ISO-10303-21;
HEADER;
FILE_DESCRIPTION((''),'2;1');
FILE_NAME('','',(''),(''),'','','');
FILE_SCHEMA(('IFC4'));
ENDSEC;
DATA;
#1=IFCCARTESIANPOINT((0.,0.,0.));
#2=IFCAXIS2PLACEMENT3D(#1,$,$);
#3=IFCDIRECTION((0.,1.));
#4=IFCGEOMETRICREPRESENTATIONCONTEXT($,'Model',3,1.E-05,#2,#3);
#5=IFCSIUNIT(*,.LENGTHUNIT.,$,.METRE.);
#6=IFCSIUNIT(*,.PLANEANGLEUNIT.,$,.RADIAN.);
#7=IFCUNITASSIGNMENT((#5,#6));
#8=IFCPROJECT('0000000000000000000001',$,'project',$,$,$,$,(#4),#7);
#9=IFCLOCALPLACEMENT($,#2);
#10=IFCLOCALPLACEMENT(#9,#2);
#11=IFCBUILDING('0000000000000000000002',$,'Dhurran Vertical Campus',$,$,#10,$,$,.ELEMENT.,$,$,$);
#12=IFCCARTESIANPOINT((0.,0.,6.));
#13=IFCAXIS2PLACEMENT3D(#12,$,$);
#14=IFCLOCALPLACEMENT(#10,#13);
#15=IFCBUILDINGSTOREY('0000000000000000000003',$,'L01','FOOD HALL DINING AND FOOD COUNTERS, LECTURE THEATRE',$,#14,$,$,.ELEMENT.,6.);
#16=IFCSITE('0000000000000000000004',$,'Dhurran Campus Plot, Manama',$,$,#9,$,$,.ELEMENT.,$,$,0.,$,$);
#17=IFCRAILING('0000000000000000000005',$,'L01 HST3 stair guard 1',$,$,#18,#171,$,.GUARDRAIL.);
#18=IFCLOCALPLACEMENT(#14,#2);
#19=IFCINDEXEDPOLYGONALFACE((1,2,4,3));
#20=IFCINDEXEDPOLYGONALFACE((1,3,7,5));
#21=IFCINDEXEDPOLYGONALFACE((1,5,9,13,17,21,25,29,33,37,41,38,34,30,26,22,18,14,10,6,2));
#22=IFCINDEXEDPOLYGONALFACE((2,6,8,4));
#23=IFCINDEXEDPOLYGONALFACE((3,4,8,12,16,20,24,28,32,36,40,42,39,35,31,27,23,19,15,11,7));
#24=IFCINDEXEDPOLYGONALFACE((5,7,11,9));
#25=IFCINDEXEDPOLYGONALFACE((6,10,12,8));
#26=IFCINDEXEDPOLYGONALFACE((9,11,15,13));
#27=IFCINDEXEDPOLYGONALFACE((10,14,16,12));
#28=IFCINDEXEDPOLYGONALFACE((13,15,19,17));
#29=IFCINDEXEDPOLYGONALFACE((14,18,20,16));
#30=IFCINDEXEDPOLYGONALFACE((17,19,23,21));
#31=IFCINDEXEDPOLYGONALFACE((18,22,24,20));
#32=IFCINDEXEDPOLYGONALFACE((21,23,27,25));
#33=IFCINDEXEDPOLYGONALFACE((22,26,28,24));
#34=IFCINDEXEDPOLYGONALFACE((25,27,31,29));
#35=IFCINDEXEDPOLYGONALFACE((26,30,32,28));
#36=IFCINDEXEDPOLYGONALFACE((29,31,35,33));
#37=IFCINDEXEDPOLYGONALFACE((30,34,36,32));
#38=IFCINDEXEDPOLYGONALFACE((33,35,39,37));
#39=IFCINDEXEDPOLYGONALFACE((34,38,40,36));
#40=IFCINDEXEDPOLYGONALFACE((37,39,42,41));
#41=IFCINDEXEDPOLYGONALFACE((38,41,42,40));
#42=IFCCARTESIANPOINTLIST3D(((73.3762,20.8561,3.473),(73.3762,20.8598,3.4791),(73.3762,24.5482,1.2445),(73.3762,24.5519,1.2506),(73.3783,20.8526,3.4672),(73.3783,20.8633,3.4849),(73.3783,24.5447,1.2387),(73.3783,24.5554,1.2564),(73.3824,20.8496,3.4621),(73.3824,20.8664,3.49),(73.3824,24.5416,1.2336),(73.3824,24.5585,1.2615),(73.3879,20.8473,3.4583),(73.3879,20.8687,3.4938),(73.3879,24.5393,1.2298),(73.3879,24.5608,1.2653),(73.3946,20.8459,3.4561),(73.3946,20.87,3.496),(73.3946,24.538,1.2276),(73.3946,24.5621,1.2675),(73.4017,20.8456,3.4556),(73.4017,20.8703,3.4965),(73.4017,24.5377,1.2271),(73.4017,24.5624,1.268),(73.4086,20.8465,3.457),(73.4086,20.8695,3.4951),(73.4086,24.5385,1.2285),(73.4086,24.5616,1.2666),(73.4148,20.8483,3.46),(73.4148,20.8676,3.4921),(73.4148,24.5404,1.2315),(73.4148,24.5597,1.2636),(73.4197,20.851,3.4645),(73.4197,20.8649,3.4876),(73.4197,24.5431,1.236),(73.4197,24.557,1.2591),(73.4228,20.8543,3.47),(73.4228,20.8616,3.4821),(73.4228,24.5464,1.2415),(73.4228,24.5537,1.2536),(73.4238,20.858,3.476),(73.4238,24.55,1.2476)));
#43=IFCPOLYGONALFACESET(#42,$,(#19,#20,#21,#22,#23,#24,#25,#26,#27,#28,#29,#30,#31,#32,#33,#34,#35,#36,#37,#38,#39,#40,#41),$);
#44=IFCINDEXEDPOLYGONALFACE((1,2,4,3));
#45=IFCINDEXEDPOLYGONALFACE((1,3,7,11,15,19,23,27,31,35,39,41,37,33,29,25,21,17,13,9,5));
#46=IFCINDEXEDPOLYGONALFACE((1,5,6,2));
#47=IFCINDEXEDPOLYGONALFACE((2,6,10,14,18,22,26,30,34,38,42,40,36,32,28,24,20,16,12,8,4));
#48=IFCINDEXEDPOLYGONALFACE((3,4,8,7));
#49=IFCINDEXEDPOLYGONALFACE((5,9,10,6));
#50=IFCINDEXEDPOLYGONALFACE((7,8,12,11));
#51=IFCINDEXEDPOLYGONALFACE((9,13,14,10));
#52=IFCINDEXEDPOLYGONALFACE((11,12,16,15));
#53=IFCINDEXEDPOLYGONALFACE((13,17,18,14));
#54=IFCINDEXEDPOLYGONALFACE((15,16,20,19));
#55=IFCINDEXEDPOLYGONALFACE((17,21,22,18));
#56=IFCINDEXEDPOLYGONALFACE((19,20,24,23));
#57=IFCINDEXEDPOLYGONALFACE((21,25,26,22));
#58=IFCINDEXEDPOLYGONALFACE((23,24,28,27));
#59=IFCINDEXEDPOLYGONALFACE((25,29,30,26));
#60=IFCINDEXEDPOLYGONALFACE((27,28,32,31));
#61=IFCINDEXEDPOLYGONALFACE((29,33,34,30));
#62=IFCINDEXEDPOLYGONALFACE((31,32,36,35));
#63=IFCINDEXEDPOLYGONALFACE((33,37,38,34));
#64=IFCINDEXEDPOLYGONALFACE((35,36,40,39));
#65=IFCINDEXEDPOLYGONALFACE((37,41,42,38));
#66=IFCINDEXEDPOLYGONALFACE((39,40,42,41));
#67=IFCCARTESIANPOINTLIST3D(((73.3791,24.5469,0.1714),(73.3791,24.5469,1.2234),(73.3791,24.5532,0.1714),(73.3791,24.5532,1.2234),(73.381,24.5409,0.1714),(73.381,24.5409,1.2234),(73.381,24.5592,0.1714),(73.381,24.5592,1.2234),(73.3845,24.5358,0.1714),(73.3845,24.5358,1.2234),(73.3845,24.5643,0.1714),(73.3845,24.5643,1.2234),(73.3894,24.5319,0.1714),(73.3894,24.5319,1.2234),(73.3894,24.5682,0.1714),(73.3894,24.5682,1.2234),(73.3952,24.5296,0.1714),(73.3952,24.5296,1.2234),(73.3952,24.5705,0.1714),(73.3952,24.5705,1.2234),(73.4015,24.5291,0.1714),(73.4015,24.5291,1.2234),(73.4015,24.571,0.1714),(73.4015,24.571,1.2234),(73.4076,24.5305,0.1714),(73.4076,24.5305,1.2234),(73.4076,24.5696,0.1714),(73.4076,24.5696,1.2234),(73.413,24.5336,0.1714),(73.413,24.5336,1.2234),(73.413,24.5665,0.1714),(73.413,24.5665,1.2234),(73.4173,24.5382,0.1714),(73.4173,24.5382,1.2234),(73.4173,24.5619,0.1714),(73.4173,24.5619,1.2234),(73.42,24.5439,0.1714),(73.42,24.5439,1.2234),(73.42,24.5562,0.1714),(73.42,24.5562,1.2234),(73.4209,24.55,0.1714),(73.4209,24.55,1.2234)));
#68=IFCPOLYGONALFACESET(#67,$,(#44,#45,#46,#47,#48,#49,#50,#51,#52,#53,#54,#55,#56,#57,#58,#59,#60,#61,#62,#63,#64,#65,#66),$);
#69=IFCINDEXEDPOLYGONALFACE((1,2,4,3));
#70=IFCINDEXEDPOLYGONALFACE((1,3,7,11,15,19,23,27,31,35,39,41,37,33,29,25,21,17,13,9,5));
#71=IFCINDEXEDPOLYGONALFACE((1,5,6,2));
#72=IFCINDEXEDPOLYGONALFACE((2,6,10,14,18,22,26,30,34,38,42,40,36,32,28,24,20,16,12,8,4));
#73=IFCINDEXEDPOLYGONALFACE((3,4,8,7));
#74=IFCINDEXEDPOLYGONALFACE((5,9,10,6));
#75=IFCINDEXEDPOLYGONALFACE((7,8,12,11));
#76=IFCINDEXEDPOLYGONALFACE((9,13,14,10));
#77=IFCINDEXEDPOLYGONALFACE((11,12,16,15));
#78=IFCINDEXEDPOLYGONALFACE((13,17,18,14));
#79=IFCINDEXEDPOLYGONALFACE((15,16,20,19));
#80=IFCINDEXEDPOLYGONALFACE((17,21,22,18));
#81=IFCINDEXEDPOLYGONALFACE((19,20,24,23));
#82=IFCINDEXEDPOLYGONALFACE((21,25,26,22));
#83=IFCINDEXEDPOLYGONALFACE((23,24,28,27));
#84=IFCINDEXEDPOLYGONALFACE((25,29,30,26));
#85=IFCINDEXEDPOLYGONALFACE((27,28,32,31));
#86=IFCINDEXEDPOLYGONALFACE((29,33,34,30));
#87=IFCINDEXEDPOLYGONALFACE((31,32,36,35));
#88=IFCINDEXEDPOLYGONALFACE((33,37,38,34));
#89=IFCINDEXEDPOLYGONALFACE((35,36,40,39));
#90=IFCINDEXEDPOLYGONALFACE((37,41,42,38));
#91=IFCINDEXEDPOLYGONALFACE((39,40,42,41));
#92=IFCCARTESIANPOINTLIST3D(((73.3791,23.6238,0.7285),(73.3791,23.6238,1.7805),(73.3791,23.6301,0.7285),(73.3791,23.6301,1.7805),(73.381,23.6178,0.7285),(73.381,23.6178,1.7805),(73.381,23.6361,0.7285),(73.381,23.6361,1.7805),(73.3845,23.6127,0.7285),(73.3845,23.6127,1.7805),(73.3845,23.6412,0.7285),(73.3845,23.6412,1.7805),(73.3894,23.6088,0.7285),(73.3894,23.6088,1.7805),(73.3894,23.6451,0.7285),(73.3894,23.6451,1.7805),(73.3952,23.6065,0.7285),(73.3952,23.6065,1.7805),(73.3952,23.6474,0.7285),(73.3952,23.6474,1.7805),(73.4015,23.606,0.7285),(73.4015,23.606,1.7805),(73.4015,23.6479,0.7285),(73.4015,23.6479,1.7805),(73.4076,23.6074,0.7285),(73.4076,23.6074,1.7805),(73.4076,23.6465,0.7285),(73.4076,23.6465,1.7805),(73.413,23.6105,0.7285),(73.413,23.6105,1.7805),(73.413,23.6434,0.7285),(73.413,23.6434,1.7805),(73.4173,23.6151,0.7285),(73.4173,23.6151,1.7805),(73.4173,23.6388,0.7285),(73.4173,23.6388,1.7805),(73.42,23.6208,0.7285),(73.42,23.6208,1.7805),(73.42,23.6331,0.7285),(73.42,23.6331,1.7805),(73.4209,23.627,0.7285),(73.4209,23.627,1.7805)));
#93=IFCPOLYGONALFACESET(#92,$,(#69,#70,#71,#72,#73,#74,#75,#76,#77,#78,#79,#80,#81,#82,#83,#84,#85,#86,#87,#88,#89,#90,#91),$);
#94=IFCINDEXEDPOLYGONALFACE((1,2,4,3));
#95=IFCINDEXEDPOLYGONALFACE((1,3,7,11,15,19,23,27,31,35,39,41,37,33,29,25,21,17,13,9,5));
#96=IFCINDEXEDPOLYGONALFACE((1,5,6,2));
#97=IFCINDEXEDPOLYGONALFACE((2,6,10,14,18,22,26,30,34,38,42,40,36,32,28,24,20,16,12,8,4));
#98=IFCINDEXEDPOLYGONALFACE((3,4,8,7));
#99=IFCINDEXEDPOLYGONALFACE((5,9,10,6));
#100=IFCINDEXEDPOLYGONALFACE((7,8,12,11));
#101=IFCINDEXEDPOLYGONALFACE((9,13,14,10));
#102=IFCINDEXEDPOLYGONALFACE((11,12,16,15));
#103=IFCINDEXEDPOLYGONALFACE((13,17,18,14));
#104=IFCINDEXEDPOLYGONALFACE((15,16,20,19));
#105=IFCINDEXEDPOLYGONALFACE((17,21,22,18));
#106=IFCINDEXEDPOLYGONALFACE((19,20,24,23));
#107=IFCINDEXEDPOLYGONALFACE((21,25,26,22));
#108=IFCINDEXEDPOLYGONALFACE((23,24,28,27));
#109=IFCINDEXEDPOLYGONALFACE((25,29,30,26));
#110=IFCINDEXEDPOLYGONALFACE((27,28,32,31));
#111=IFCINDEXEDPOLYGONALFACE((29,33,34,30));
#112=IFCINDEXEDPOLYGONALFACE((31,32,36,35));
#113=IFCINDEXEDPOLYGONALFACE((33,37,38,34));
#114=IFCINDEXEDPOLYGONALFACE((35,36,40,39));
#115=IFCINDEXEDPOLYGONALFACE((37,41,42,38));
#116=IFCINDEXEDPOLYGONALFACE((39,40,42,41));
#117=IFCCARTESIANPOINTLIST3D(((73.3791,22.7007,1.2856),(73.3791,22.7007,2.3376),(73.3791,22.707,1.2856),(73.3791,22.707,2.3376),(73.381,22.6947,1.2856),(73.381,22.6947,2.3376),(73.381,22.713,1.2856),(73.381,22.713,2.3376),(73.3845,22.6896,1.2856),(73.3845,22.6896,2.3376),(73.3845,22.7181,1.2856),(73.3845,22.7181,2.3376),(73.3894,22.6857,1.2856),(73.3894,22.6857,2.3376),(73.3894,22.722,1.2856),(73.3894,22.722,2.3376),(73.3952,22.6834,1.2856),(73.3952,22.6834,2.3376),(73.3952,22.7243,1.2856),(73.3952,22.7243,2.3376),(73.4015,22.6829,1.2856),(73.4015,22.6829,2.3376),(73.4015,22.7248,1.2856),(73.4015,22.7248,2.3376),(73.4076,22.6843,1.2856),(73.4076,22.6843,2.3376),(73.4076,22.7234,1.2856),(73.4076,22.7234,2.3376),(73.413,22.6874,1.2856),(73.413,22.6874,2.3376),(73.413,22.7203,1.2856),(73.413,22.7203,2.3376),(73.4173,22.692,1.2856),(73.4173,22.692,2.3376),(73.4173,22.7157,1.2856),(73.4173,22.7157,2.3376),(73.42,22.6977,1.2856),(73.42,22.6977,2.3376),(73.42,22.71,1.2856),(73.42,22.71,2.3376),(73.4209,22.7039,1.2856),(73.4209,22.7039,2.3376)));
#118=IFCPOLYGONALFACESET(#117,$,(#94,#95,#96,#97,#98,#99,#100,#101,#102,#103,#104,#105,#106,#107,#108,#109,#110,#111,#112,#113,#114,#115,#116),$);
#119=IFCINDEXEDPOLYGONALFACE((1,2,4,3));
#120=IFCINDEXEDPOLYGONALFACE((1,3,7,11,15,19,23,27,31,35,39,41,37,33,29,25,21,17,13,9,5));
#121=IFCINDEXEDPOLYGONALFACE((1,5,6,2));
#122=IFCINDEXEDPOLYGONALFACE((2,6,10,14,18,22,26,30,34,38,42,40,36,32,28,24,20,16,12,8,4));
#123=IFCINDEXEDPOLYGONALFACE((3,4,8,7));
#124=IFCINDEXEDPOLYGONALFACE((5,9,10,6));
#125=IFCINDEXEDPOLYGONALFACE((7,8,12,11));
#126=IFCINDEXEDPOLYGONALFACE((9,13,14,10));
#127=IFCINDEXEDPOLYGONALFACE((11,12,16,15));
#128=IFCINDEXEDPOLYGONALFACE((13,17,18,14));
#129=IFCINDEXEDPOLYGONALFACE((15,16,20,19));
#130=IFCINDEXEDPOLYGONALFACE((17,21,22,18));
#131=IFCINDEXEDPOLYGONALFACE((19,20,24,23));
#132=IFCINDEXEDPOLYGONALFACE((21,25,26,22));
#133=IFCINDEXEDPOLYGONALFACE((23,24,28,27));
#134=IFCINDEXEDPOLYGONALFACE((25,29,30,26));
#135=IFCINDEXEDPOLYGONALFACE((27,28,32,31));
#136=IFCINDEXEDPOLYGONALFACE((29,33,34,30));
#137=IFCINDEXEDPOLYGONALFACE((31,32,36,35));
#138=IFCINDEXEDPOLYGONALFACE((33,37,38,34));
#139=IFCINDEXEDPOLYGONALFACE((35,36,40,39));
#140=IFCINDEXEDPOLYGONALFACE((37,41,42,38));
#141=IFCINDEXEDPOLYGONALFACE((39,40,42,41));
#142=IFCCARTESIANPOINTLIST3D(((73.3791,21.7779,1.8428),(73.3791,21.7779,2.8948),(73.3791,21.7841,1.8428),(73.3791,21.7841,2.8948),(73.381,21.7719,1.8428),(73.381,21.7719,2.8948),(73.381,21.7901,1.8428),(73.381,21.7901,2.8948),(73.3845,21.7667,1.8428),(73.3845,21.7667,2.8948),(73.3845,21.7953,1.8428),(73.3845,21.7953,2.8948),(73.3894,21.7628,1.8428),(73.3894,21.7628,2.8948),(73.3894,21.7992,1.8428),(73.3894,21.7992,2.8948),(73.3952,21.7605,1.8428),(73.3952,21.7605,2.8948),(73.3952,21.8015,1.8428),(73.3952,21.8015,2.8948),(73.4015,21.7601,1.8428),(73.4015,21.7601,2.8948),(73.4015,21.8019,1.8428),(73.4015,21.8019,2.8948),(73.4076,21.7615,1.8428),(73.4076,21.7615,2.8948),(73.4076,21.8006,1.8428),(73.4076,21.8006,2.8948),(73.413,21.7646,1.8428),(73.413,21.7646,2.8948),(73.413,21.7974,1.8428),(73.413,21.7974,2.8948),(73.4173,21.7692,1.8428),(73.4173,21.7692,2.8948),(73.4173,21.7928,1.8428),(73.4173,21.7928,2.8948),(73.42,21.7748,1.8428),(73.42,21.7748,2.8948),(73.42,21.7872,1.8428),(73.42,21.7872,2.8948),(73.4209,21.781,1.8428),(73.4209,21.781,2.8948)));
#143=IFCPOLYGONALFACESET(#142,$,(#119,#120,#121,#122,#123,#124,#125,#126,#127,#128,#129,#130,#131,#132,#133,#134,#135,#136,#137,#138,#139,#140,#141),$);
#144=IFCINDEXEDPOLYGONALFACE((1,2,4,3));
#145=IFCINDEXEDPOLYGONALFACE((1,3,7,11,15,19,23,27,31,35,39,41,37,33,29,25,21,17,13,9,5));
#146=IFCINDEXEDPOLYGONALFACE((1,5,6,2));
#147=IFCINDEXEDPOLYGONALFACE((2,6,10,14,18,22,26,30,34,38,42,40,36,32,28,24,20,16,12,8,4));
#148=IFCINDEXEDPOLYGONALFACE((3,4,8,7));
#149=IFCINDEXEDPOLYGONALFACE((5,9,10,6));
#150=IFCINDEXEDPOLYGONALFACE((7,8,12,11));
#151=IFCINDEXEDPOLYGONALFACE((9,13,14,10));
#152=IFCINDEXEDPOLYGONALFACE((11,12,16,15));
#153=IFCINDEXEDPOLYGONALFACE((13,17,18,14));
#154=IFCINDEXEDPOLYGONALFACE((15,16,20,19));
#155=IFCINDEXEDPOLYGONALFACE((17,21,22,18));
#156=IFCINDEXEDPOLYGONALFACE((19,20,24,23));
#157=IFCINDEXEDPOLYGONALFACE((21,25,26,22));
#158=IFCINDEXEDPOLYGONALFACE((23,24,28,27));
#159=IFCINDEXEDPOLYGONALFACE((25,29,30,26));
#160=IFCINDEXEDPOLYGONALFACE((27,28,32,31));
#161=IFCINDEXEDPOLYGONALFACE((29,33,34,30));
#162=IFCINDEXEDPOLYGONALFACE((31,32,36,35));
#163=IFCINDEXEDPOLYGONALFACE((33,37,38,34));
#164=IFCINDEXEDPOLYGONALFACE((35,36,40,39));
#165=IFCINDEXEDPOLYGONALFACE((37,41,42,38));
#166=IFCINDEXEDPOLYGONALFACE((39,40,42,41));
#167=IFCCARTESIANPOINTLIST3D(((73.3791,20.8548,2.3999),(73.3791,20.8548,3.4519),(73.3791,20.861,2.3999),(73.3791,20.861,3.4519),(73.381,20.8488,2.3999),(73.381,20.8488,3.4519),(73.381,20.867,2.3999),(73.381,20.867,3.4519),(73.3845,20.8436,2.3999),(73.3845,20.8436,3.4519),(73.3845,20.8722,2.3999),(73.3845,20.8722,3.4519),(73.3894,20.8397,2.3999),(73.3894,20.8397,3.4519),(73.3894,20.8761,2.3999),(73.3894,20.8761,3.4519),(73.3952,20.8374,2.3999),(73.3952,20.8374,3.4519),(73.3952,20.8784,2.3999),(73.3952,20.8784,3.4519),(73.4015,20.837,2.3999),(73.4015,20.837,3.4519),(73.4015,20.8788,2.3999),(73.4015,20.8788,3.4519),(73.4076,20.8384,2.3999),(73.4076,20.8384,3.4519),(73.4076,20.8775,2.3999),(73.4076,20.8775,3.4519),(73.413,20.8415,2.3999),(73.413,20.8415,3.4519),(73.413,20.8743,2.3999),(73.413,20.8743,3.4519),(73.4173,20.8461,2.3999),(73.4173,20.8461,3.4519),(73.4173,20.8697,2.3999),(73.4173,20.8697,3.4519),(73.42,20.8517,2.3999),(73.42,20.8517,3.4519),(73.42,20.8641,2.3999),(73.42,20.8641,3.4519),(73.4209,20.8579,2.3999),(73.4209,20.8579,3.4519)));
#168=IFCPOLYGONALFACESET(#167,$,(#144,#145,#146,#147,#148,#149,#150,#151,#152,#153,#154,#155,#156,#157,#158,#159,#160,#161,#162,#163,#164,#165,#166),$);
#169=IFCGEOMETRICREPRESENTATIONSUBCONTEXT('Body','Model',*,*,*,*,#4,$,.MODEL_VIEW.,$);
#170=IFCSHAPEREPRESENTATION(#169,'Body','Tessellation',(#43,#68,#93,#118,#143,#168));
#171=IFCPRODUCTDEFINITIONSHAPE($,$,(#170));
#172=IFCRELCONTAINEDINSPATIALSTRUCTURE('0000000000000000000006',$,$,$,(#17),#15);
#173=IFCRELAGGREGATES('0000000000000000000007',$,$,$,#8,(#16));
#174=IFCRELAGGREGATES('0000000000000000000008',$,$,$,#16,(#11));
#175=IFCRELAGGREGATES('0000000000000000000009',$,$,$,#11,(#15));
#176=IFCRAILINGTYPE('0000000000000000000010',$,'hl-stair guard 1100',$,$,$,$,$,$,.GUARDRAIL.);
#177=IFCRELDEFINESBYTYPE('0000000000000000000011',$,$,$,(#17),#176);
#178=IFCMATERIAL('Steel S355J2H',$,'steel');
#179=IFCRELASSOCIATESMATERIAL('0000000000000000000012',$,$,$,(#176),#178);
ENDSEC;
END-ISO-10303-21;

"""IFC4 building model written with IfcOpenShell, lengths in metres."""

from ifc_helpers import new_model, si_unit, direction, frame, origin, origin_2d, place, context, subcontext, project, spatial, circle, extrude, material, type_object, element, save


model = new_model("IFC4")

# Units and contexts
model_context = context("Model", 3, precision=1e-05, world=origin(), true_north=direction((0.0, 1.0)))
body_context = subcontext(model_context, "Body", "Model", "MODEL_VIEW")
ifc_project = project(units=[si_unit("LENGTHUNIT", "METRE"), si_unit("PLANEANGLEUNIT", "RADIAN")], contexts=[model_context])

# Site, building, storey
site_placement = place(None, origin())
site = spatial("IfcSite", under=ifc_project, at=site_placement, Name="Dhurran Campus Plot, Manama", CompositionType="ELEMENT", RefElevation=0.0)
building_placement = place(site_placement, origin())
building = spatial("IfcBuilding", under=site, at=building_placement, Name="Dhurran Vertical Campus", CompositionType="ELEMENT")
storey_placement = place(building_placement, frame((0.0, 0.0, 6.0)))
storey = spatial("IfcBuildingStorey", under=building, at=storey_placement, Name="L01", Description="FOOD HALL DINING AND FOOD COUNTERS, LECTURE THEATRE", CompositionType="ELEMENT", Elevation=6.0)

# Railing
ifc_material_1 = material(Name="Steel S355J2H", Category="steel")
railing_type_1 = type_object("IfcRailingType", Name="hl-stair guard 1100", PredefinedType="GUARDRAIL", material=ifc_material_1)
railing_1_placement = place(storey_placement, frame((73.3999, 24.55, 0.1714)))
element("IfcRailing", 1, at=railing_1_placement, inside=storey, type_object=railing_type_1, Name="L01 HST3 stair guard 1", PredefinedType="GUARDRAIL", context=body_context, shape_type="SweptSolid", body=[
    extrude(circle(Radius=0.0239, at=origin_2d()), frame((0.0, 0.0, 1.0762), z_axis=(0.0, -0.856136, 0.51675), x_axis=(1.0, 0.0, 0.0)), (0.0, 0.0, 1.0), 4.3125),
    extrude(circle(Radius=0.021, at=origin_2d()), origin(), (0.0, 0.0, 1.0), 1.052),
    extrude(circle(Radius=0.021, at=origin_2d()), frame((0.0, -0.9231, 0.5571)), (0.0, 0.0, 1.0), 1.052),
    extrude(circle(Radius=0.021, at=origin_2d()), frame((0.0, -1.8462, 1.1143)), (0.0, 0.0, 1.0), 1.052),
    extrude(circle(Radius=0.021, at=origin_2d()), frame((0.0, -2.769, 1.6714)), (0.0, 0.0, 1.0), 1.052),
    extrude(circle(Radius=0.021, at=origin_2d()), frame((0.0, -3.6921, 2.2285)), (0.0, 0.0, 1.0), 1.052),
])

save(model, "model.ifc")
